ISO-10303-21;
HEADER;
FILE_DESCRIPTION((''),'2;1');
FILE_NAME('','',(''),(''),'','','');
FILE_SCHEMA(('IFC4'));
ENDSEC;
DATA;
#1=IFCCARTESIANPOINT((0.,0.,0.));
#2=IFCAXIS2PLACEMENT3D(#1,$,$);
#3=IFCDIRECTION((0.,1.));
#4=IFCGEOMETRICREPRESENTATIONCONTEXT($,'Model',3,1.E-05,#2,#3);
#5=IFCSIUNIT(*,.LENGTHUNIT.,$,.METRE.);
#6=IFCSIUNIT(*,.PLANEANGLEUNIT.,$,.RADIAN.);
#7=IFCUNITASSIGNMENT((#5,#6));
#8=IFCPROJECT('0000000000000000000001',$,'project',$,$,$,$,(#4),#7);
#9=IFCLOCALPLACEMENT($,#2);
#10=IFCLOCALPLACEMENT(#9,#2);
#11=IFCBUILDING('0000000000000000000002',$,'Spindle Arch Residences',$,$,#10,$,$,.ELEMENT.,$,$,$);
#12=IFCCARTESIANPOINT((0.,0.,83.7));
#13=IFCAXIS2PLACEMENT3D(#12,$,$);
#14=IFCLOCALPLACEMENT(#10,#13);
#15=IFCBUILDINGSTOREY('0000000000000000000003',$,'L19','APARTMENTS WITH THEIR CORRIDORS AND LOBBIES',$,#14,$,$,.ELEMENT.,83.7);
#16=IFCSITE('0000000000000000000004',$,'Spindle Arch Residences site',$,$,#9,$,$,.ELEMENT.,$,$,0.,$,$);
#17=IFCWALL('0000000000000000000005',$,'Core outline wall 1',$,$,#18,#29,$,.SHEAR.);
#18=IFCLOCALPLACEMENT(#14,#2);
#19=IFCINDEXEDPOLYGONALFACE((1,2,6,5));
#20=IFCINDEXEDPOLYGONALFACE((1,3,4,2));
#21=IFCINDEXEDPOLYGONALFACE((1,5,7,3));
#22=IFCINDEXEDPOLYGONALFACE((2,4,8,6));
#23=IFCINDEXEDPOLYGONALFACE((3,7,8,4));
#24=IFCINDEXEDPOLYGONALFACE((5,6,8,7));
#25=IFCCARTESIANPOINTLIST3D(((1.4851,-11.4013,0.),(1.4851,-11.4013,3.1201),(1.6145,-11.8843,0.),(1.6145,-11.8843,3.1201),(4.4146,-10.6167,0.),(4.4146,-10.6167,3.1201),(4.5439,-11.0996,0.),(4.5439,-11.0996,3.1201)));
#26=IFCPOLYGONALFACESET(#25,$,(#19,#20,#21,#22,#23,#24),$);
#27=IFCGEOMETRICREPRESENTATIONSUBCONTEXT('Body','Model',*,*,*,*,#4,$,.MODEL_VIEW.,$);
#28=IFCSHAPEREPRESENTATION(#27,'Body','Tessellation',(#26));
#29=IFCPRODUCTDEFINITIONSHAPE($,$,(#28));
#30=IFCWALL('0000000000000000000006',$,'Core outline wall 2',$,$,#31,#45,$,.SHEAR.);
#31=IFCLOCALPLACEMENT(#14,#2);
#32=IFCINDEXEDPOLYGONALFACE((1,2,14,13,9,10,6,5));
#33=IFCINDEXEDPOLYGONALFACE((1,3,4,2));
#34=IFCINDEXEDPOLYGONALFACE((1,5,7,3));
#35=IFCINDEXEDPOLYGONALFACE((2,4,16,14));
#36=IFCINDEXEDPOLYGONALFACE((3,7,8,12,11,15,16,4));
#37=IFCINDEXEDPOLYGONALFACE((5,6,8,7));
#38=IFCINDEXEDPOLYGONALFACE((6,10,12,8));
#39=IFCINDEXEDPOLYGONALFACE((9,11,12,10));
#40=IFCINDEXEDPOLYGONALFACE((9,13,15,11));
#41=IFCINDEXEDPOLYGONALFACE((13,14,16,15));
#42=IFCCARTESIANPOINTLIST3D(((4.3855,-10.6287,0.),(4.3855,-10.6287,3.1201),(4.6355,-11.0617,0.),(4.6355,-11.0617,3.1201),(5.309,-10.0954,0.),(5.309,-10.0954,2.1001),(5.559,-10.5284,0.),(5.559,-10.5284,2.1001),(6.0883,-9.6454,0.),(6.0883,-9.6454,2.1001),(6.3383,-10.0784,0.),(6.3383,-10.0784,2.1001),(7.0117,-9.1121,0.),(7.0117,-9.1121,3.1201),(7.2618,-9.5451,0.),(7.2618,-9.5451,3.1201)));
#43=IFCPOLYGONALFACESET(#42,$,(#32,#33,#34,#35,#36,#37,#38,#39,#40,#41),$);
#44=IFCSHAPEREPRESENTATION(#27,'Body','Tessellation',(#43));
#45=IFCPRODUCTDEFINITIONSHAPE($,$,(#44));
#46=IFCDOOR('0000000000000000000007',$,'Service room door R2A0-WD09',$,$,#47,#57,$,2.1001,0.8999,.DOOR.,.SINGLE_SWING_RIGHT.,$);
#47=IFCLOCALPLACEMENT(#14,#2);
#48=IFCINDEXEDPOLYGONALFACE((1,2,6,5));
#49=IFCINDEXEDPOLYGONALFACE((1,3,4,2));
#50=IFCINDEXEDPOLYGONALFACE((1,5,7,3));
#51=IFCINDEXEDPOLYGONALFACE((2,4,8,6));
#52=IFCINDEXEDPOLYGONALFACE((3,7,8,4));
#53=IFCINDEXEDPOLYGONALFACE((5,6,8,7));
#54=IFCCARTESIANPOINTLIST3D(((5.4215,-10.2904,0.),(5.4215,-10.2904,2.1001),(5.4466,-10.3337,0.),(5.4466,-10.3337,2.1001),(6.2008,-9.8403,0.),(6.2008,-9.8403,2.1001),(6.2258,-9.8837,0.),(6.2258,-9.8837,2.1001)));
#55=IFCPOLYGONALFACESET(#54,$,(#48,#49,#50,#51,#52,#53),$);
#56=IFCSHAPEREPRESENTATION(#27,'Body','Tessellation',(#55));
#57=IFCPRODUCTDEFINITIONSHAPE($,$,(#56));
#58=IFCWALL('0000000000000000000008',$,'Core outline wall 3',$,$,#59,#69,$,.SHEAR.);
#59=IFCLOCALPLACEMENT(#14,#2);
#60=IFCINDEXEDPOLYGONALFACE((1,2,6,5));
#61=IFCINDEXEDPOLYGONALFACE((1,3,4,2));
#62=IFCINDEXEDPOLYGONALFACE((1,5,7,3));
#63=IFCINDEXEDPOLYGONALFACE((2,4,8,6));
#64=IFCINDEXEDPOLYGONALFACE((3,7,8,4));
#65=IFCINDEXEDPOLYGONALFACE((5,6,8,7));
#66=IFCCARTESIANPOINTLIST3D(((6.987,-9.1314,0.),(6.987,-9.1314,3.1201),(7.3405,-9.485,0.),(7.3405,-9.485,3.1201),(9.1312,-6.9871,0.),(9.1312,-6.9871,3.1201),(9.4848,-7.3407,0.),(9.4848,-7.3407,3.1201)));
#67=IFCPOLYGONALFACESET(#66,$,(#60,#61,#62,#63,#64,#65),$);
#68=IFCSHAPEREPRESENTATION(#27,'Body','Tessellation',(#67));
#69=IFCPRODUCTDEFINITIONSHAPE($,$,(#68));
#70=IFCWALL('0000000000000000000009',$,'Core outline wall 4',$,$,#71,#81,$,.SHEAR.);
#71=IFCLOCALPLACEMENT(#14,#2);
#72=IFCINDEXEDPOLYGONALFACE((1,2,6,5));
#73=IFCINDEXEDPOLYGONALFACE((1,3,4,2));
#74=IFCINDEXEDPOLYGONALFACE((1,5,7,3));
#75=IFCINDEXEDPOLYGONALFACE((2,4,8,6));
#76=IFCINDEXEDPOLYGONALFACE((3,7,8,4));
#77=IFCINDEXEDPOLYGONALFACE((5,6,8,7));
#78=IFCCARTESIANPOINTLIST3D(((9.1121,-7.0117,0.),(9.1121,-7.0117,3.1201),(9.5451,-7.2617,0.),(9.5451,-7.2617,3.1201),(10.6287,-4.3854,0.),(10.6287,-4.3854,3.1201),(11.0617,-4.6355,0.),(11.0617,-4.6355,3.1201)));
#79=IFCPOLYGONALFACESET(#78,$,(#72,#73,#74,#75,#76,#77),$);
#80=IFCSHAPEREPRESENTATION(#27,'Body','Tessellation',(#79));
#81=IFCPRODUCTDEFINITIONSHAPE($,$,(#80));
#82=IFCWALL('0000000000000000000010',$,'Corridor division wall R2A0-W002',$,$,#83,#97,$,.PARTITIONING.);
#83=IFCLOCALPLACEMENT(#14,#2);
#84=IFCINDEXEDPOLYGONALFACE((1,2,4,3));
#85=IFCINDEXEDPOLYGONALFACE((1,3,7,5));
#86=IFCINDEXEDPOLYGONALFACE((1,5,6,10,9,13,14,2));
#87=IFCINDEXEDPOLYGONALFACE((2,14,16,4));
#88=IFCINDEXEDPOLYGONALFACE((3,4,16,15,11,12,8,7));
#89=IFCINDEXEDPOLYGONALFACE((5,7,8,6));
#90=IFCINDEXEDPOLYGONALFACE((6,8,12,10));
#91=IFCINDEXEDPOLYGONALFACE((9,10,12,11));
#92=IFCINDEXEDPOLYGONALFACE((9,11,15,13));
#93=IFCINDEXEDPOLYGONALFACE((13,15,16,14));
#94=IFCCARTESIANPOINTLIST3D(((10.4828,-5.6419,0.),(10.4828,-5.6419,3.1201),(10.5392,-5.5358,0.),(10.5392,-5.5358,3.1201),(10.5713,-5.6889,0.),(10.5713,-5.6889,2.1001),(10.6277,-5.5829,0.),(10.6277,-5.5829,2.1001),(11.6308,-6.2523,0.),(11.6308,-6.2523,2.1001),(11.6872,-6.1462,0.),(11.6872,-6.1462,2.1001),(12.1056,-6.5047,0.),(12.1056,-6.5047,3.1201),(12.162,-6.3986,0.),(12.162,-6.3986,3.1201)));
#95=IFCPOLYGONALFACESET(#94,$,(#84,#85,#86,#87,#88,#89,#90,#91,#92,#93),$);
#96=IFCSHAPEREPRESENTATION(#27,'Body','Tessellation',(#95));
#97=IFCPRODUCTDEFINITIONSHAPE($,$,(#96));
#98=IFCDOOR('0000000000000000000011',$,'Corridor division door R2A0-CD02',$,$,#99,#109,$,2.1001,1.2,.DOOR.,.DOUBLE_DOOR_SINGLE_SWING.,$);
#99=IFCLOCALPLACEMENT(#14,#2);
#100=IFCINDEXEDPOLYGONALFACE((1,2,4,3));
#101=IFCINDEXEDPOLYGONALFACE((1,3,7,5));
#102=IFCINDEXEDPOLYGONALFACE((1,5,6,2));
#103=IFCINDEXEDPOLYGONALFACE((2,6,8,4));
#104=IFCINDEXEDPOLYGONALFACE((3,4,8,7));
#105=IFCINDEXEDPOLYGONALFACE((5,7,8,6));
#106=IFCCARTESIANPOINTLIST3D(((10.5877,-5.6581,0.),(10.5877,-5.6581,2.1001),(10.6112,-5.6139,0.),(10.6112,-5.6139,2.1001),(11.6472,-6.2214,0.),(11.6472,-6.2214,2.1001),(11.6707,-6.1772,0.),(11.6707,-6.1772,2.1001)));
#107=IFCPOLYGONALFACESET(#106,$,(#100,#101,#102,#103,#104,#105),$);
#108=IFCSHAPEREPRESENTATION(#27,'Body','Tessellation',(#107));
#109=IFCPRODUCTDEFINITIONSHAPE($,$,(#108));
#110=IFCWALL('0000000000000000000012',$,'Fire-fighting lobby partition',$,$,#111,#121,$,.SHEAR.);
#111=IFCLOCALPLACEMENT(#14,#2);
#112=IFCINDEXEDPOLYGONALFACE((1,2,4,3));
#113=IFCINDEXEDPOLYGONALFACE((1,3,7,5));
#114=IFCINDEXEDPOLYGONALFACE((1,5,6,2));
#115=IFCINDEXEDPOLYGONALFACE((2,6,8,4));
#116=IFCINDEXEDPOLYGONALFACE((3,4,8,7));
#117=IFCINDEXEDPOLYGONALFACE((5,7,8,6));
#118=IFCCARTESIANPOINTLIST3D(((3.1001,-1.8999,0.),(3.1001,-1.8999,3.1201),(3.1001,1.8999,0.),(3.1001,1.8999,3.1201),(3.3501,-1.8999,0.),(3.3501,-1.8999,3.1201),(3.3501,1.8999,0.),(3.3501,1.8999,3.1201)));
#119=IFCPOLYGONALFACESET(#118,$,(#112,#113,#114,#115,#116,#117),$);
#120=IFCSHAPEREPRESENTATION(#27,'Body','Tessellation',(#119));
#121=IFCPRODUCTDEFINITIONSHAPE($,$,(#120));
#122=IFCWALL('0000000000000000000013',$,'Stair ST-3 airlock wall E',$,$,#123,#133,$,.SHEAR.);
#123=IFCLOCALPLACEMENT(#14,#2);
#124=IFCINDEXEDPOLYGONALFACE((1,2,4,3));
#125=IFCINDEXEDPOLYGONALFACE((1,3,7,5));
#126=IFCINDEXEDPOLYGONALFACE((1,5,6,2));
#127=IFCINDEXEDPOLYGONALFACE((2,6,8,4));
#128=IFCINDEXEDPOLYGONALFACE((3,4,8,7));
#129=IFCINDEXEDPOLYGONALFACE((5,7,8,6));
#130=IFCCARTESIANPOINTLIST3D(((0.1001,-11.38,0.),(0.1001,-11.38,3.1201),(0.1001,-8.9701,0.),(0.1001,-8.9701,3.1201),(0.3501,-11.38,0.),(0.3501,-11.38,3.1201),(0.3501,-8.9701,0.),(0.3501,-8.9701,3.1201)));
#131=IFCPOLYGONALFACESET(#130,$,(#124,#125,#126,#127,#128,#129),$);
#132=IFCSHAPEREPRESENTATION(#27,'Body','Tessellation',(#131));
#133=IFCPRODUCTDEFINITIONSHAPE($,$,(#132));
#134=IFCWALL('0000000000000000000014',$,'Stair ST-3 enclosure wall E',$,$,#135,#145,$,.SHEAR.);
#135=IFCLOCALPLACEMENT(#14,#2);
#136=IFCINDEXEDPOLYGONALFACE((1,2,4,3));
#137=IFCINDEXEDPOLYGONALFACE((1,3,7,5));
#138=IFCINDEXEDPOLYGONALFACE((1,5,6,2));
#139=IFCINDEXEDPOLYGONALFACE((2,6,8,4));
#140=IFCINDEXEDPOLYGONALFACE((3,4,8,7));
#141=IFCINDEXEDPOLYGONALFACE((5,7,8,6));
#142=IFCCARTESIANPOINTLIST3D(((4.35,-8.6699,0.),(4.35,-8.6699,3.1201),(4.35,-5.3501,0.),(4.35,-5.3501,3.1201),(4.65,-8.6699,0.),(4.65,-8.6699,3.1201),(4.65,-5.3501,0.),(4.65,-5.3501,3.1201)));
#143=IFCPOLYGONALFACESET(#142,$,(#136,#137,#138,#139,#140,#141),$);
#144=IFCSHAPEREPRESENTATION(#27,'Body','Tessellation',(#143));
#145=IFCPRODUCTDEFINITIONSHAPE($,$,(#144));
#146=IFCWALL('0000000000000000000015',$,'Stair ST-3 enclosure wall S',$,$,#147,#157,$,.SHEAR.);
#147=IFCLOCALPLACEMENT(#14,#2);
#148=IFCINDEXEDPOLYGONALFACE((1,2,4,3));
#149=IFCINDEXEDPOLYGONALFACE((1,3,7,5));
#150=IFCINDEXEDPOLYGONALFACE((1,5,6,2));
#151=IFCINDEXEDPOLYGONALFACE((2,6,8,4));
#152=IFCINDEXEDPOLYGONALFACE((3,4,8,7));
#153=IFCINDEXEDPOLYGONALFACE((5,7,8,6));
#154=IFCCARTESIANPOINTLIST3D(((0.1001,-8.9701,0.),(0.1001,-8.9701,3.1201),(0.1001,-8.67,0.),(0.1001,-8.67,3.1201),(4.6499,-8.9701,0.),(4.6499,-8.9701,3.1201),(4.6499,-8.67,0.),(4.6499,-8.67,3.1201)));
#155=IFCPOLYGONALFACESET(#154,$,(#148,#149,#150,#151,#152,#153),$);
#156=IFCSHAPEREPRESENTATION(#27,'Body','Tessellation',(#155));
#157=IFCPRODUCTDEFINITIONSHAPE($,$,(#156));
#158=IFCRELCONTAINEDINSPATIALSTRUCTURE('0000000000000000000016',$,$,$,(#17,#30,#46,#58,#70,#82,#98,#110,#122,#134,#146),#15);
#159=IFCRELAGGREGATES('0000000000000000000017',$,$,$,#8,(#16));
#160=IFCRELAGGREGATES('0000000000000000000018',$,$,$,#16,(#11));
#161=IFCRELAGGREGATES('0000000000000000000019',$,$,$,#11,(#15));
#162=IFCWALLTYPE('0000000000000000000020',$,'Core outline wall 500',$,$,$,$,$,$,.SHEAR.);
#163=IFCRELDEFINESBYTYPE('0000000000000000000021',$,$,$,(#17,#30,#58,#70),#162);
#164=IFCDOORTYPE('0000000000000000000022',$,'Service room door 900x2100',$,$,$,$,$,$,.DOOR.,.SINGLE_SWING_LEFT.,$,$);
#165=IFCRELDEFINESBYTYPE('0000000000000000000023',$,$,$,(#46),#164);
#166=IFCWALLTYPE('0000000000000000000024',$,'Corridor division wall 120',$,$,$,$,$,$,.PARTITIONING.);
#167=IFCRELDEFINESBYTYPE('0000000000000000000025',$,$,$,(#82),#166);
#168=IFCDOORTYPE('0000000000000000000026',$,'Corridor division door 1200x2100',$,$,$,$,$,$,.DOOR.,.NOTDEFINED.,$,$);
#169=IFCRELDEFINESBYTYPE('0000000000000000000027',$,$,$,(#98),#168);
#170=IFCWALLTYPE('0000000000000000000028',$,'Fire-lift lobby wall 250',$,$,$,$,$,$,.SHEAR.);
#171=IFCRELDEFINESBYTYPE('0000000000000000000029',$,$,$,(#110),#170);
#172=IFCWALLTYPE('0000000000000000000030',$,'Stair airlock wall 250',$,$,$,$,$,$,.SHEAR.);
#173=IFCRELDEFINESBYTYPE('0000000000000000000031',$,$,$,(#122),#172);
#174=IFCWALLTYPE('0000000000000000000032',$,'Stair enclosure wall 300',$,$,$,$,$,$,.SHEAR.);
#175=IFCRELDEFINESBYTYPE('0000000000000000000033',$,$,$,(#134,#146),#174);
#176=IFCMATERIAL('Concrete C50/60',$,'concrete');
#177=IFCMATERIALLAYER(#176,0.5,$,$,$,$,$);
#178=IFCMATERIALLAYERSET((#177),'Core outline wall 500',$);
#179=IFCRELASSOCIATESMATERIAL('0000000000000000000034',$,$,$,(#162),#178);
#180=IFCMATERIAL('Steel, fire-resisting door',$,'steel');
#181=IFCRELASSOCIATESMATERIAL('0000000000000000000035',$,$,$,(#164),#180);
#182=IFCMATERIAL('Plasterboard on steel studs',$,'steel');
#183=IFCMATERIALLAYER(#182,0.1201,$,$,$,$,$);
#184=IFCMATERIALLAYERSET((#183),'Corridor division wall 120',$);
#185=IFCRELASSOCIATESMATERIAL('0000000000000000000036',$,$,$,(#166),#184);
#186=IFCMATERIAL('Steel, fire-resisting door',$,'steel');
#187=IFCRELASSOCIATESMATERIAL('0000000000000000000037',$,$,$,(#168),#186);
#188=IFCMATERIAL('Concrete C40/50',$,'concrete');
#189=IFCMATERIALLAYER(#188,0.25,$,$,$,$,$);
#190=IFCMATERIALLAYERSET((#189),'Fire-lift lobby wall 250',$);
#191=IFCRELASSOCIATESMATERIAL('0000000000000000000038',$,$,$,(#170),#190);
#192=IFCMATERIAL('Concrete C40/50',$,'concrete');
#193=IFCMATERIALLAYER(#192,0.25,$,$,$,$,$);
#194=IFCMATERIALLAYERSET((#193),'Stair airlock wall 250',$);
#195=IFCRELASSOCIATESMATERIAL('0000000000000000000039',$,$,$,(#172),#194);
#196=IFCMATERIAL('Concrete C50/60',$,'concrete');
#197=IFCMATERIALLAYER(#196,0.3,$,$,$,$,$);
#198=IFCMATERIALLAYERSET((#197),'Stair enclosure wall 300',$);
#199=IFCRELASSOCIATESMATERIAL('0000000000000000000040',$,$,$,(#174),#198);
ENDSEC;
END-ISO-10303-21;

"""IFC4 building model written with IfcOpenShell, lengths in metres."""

from ifc_helpers import new_model, si_unit, direction, frame, frame_2d, origin, place, context, subcontext, project, spatial, rectangle, extrude, material, layer, layer_set, type_object, element, fill, save


model = new_model("IFC4")

# Units and contexts
model_context = context("Model", 3, precision=1e-05, world=origin(), true_north=direction((0.0, 1.0)))
body_context = subcontext(model_context, "Body", "Model", "MODEL_VIEW")
ifc_project = project(units=[si_unit("LENGTHUNIT", "METRE"), si_unit("PLANEANGLEUNIT", "RADIAN")], contexts=[model_context])

# Site, building, storey
site_placement = place(None, origin())
site = spatial("IfcSite", under=ifc_project, at=site_placement, Name="Spindle Arch Residences site", CompositionType="ELEMENT", RefElevation=0.0)
building_placement = place(site_placement, origin())
building = spatial("IfcBuilding", under=site, at=building_placement, Name="Spindle Arch Residences", CompositionType="ELEMENT")
storey_placement = place(building_placement, frame((0.0, 0.0, 83.7)))
storey = spatial("IfcBuildingStorey", under=building, at=storey_placement, Name="L19", Description="APARTMENTS WITH THEIR CORRIDORS AND LOBBIES", CompositionType="ELEMENT", Elevation=83.7)

# Wall
ifc_material_1 = material(Name="Concrete C50/60", Category="concrete")
ifc_layer_1 = layer(ifc_material_1, 0.5)
ifc_layer_set_1 = layer_set([ifc_layer_1], Name="Core outline wall 500")
wall_type_1 = type_object("IfcWallType", Name="Core outline wall 500", PredefinedType="SHEAR", material=ifc_layer_set_1)
wall_1_placement = place(storey_placement, frame((1.5498, -11.6428, 0.0), z_axis=(0.0, 0.0, 1.0), x_axis=(0.965948, 0.258735, 0.0)))
element("IfcWall", 1, at=wall_1_placement, inside=storey, type_object=wall_type_1, Name="Core outline wall 1", PredefinedType="SHEAR", context=body_context, shape_type="SweptSolid", body=[
    extrude(rectangle(XDim=3.0327, YDim=0.5, at=frame_2d((1.5164, 0.0))), origin(), (0.0, 0.0, 1.0), 3.1201),
])

# Wall, opening, door
wall_2_placement = place(storey_placement, frame((4.5105, -10.8452, 0.0), z_axis=(0.0, 0.0, 1.0), x_axis=(0.865975, 0.500087, 0.0)))
wall_2 = element("IfcWall", 2, at=wall_2_placement, inside=storey, type_object=wall_type_1, Name="Core outline wall 2", PredefinedType="SHEAR", context=body_context, shape_type="SweptSolid", body=[
    extrude(rectangle(XDim=3.0327, YDim=0.5, at=frame_2d((1.5164, 0.0))), origin(), (0.0, 0.0, 1.0), 3.1201),
])
opening_1_placement = place(wall_2_placement, frame((1.0664, 0.0, 0.0)))
opening_1 = element("IfcOpeningElement", 3, at=opening_1_placement, cuts=wall_2, PredefinedType="OPENING", context=body_context, shape_type="SweptSolid", body=[
    extrude(rectangle(XDim=0.8999, YDim=2.1001, at=frame_2d((0.45, 1.05))), frame((0.0, 0.26, 0.0), z_axis=(0.0, -1.0, 0.0), x_axis=(1.0, 0.0, 0.0)), (0.0, 0.0, 1.0), 0.52),
])
ifc_material_2 = material(Name="Steel, fire-resisting door", Category="steel")
door_type_1 = type_object("IfcDoorType", Name="Service room door 900x2100", OperationType="SINGLE_SWING_LEFT", PredefinedType="DOOR", material=ifc_material_2)
door_1_placement = place(opening_1_placement, origin())
door_1 = element("IfcDoor", 4, at=door_1_placement, inside=storey, type_object=door_type_1, Name="Service room door R2A0-WD09", OperationType="SINGLE_SWING_RIGHT", OverallHeight=2.1001, OverallWidth=0.8999, PredefinedType="DOOR", context=body_context, shape_type="SweptSolid", body=[
    extrude(rectangle(XDim=0.8999, YDim=2.1001, at=frame_2d((0.45, 1.05))), frame((0.0, 0.0249, 0.0), z_axis=(0.0, -1.0, 0.0), x_axis=(1.0, 0.0, 0.0)), (0.0, 0.0, 1.0), 0.05),
])
fill(opening_1, door_1)

# Walls
wall_3_placement = place(storey_placement, frame((7.1638, -9.3081, 0.0), z_axis=(0.0, 0.0, 1.0), x_axis=(0.707107, 0.707107, 0.0)))
element("IfcWall", 5, at=wall_3_placement, inside=storey, type_object=wall_type_1, Name="Core outline wall 3", PredefinedType="SHEAR", context=body_context, shape_type="SweptSolid", body=[
    extrude(rectangle(XDim=3.0325, YDim=0.5, at=frame_2d((1.5161, 0.0))), origin(), (0.0, 0.0, 1.0), 3.1201),
])
wall_4_placement = place(storey_placement, frame((9.3286, -7.1367, 0.0), z_axis=(0.0, 0.0, 1.0), x_axis=(0.500087, 0.865975, 0.0)))
element("IfcWall", 6, at=wall_4_placement, inside=storey, type_object=wall_type_1, Name="Core outline wall 4", PredefinedType="SHEAR", context=body_context, shape_type="SweptSolid", body=[
    extrude(rectangle(XDim=3.0327, YDim=0.5, at=frame_2d((1.5164, 0.0))), origin(), (0.0, 0.0, 1.0), 3.1201),
])

# Wall, opening, door
ifc_material_3 = material(Name="Plasterboard on steel studs", Category="steel")
ifc_layer_2 = layer(ifc_material_3, 0.1201)
ifc_layer_set_2 = layer_set([ifc_layer_2], Name="Corridor division wall 120")
wall_type_2 = type_object("IfcWallType", Name="Corridor division wall 120", PredefinedType="PARTITIONING", material=ifc_layer_set_2)
wall_5_placement = place(storey_placement, frame((10.511, -5.5889, 0.0), z_axis=(0.0, 0.0, 1.0), x_axis=(0.882963, -0.469443, 0.0)))
wall_5 = element("IfcWall", 7, at=wall_5_placement, inside=storey, type_object=wall_type_2, Name="Corridor division wall R2A0-W002", PredefinedType="PARTITIONING", context=body_context, shape_type="SweptSolid", body=[
    extrude(rectangle(XDim=1.8379, YDim=0.1201, at=frame_2d((0.9189, 0.0))), origin(), (0.0, 0.0, 1.0), 3.1201),
])
opening_2_placement = place(wall_5_placement, frame((0.1001, 0.0, 0.0)))
opening_2 = element("IfcOpeningElement", 8, at=opening_2_placement, cuts=wall_5, PredefinedType="OPENING", context=body_context, shape_type="SweptSolid", body=[
    extrude(rectangle(XDim=1.2, YDim=2.1001, at=frame_2d((0.6001, 1.05))), frame((0.0, 0.0701, 0.0), z_axis=(0.0, -1.0, 0.0), x_axis=(1.0, 0.0, 0.0)), (0.0, 0.0, 1.0), 0.1401),
])
ifc_material_4 = material(Name="Steel, fire-resisting door", Category="steel")
door_type_2 = type_object("IfcDoorType", Name="Corridor division door 1200x2100", OperationType="NOTDEFINED", PredefinedType="DOOR", material=ifc_material_4)
door_2_placement = place(opening_2_placement, origin())
door_2 = element("IfcDoor", 9, at=door_2_placement, inside=storey, type_object=door_type_2, Name="Corridor division door R2A0-CD02", OperationType="DOUBLE_DOOR_SINGLE_SWING", OverallHeight=2.1001, OverallWidth=1.2, PredefinedType="DOOR", context=body_context, shape_type="SweptSolid", body=[
    extrude(rectangle(XDim=1.2, YDim=2.1001, at=frame_2d((0.6001, 1.05))), frame((0.0, 0.0249, 0.0), z_axis=(0.0, -1.0, 0.0), x_axis=(1.0, 0.0, 0.0)), (0.0, 0.0, 1.0), 0.05),
])
fill(opening_2, door_2)

# Wall
ifc_material_5 = material(Name="Concrete C40/50", Category="concrete")
ifc_layer_3 = layer(ifc_material_5, 0.25)
ifc_layer_set_3 = layer_set([ifc_layer_3], Name="Fire-lift lobby wall 250")
wall_type_3 = type_object("IfcWallType", Name="Fire-lift lobby wall 250", PredefinedType="SHEAR", material=ifc_layer_set_3)
wall_6_placement = place(storey_placement, frame((3.2251, -1.8999, 0.0), z_axis=(0.0, 0.0, 1.0), x_axis=(0.0, 1.0, 0.0)))
element("IfcWall", 10, at=wall_6_placement, inside=storey, type_object=wall_type_3, Name="Fire-fighting lobby partition", PredefinedType="SHEAR", context=body_context, shape_type="SweptSolid", body=[
    extrude(rectangle(XDim=3.7998, YDim=0.25, at=frame_2d((1.8999, 0.0))), origin(), (0.0, 0.0, 1.0), 3.1201),
])

# Walls
ifc_material_6 = material(Name="Concrete C40/50", Category="concrete")
ifc_layer_4 = layer(ifc_material_6, 0.25)
ifc_layer_set_4 = layer_set([ifc_layer_4], Name="Stair airlock wall 250")
wall_type_4 = type_object("IfcWallType", Name="Stair airlock wall 250", PredefinedType="SHEAR", material=ifc_layer_set_4)
wall_7_placement = place(storey_placement, frame((0.2251, -8.97, 0.0), z_axis=(0.0, 0.0, 1.0), x_axis=(0.0, -1.0, 0.0)))
element("IfcWall", 11, at=wall_7_placement, inside=storey, type_object=wall_type_4, Name="Stair ST-3 airlock wall E", PredefinedType="SHEAR", context=body_context, shape_type="SweptSolid", body=[
    extrude(rectangle(XDim=2.4099, YDim=0.25, at=frame_2d((1.2051, 0.0))), origin(), (0.0, 0.0, 1.0), 3.1201),
])
ifc_material_7 = material(Name="Concrete C50/60", Category="concrete")
ifc_layer_5 = layer(ifc_material_7, 0.3)
ifc_layer_set_5 = layer_set([ifc_layer_5], Name="Stair enclosure wall 300")
wall_type_5 = type_object("IfcWallType", Name="Stair enclosure wall 300", PredefinedType="SHEAR", material=ifc_layer_set_5)
wall_8_placement = place(storey_placement, frame((4.5, -8.6699, 0.0), z_axis=(0.0, 0.0, 1.0), x_axis=(0.0, 1.0, 0.0)))
element("IfcWall", 12, at=wall_8_placement, inside=storey, type_object=wall_type_5, Name="Stair ST-3 enclosure wall E", PredefinedType="SHEAR", context=body_context, shape_type="SweptSolid", body=[
    extrude(rectangle(XDim=3.3198, YDim=0.3, at=frame_2d((1.6599, 0.0))), origin(), (0.0, 0.0, 1.0), 3.1201),
])
wall_9_placement = place(storey_placement, frame((0.1001, -8.8201, 0.0), z_axis=(0.0, 0.0, 1.0), x_axis=(1.0, 0.0, 0.0)))
element("IfcWall", 13, at=wall_9_placement, inside=storey, type_object=wall_type_5, Name="Stair ST-3 enclosure wall S", PredefinedType="SHEAR", context=body_context, shape_type="SweptSolid", body=[
    extrude(rectangle(XDim=4.5498, YDim=0.3, at=frame_2d((2.2749, 0.0))), origin(), (0.0, 0.0, 1.0), 3.1201),
])

save(model, "model.ifc")
